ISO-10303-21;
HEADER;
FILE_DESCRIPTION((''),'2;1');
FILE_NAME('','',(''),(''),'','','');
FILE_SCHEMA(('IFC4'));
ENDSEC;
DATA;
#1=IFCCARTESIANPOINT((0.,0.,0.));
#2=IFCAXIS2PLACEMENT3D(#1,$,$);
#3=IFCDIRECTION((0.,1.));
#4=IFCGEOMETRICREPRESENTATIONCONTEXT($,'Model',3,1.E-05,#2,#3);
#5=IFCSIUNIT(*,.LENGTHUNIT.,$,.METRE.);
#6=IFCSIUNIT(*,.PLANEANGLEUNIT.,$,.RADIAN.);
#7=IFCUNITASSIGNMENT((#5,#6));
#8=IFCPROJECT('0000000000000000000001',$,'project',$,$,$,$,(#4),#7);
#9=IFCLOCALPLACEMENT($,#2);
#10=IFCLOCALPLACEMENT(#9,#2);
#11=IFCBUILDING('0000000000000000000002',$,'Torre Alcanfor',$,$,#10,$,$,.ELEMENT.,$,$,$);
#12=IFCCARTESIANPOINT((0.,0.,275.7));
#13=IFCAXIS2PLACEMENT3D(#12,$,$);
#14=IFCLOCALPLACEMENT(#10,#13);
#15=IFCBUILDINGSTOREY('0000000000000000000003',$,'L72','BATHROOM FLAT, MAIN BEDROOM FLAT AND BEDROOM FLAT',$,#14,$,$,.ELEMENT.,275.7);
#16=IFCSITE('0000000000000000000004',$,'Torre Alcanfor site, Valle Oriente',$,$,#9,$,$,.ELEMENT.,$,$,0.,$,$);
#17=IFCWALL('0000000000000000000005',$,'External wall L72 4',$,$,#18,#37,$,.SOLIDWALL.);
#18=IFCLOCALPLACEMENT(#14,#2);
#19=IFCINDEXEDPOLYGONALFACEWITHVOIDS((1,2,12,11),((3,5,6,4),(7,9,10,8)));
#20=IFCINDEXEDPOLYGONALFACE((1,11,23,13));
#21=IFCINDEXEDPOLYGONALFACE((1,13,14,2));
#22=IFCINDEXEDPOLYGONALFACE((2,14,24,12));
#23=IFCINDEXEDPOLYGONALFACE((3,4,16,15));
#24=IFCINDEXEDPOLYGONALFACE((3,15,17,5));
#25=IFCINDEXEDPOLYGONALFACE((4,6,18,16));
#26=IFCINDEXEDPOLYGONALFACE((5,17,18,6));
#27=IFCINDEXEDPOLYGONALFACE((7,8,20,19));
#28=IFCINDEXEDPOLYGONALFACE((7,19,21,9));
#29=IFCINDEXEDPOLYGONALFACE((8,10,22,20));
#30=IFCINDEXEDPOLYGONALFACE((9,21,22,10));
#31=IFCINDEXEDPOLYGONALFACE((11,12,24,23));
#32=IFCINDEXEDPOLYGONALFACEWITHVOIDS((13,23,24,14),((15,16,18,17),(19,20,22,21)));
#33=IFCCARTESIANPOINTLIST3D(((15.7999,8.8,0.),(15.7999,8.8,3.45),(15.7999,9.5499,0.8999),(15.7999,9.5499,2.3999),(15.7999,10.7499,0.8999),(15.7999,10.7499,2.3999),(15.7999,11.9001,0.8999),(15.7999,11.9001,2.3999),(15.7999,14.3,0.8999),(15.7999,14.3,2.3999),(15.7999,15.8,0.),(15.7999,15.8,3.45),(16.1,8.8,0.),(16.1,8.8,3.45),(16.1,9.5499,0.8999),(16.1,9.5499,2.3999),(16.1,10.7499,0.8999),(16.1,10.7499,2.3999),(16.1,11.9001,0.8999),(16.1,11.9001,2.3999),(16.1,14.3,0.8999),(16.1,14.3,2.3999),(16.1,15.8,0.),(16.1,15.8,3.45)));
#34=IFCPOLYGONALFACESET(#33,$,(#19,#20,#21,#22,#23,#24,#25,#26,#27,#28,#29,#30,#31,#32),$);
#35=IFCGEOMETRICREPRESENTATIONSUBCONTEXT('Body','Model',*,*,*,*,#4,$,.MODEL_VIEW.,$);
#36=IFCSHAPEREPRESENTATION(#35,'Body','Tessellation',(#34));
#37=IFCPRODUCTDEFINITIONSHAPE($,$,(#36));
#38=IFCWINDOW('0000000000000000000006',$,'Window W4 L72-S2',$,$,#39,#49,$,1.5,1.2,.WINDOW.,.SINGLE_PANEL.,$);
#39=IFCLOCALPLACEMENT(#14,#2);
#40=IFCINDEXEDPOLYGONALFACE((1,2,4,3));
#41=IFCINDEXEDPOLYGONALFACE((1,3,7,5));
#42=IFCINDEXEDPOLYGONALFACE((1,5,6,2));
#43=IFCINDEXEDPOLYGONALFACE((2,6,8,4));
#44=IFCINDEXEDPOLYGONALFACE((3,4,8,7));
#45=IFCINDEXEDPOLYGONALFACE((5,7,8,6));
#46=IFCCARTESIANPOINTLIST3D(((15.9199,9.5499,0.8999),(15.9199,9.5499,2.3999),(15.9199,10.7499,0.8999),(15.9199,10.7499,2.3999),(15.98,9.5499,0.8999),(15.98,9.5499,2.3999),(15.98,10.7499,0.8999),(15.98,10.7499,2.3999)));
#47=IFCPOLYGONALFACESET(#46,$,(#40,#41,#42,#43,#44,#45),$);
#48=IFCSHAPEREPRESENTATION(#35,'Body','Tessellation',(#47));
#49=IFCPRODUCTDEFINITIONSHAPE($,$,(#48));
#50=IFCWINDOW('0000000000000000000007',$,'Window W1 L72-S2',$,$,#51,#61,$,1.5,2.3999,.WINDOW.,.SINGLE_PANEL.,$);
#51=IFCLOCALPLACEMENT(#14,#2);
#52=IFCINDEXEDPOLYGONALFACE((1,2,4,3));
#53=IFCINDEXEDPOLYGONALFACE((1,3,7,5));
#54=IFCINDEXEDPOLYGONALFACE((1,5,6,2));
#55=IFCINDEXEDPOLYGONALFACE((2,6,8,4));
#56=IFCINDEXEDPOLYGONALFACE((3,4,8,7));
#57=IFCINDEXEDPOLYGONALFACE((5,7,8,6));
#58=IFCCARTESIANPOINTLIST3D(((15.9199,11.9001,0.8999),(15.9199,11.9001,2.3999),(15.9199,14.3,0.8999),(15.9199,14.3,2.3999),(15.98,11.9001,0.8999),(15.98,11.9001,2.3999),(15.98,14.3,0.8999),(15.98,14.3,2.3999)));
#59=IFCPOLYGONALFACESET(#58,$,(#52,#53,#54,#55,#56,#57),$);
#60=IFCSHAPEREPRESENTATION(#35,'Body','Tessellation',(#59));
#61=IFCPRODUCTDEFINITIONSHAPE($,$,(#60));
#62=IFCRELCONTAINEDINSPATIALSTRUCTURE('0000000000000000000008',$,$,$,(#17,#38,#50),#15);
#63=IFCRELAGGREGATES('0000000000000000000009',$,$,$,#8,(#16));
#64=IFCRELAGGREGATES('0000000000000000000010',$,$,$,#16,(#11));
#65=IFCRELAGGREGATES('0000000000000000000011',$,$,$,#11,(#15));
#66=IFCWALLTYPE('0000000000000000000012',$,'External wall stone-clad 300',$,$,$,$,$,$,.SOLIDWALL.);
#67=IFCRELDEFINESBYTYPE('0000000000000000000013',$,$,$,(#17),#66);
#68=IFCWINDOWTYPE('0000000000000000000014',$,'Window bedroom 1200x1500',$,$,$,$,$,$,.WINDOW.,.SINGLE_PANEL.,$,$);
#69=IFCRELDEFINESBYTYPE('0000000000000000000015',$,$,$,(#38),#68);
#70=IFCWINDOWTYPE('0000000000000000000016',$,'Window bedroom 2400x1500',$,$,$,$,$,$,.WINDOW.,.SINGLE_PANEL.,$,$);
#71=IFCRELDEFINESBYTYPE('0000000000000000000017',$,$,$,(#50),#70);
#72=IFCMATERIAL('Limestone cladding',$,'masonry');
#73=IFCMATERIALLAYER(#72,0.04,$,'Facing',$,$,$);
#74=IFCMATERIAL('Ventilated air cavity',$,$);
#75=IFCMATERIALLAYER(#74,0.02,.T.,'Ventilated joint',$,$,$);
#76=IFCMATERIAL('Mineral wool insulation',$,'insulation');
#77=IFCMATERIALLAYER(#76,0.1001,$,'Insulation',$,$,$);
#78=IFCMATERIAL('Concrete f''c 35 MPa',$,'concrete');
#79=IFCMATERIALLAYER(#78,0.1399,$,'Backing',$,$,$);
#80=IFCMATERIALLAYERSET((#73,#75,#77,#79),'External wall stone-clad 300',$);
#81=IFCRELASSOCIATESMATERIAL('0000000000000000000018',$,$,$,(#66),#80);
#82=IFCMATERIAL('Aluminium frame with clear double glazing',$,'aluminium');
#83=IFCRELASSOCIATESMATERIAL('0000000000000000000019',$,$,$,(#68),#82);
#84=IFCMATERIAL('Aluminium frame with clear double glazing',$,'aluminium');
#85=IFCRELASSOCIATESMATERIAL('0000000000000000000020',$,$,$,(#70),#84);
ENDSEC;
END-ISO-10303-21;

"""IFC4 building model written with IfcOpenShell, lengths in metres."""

from ifc_helpers import new_model, si_unit, direction, frame, frame_2d, origin, place, context, subcontext, project, spatial, rectangle, extrude, material, layer, layer_set, type_object, element, fill, save


model = new_model("IFC4")

# Units and contexts
model_context = context("Model", 3, precision=1e-05, world=origin(), true_north=direction((0.0, 1.0)))
body_context = subcontext(model_context, "Body", "Model", "MODEL_VIEW")
ifc_project = project(units=[si_unit("LENGTHUNIT", "METRE"), si_unit("PLANEANGLEUNIT", "RADIAN")], contexts=[model_context])

# Site, building, storey
site_placement = place(None, origin())
site = spatial("IfcSite", under=ifc_project, at=site_placement, Name="Torre Alcanfor site, Valle Oriente", CompositionType="ELEMENT", RefElevation=0.0)
building_placement = place(site_placement, origin())
building = spatial("IfcBuilding", under=site, at=building_placement, Name="Torre Alcanfor", CompositionType="ELEMENT")
storey_placement = place(building_placement, frame((0.0, 0.0, 275.7)))
storey = spatial("IfcBuildingStorey", under=building, at=storey_placement, Name="L72", Description="BATHROOM FLAT, MAIN BEDROOM FLAT AND BEDROOM FLAT", CompositionType="ELEMENT", Elevation=275.7)

# Wall, openings, windows
ifc_material_1 = material(Name="Limestone cladding", Category="masonry")
ifc_layer_1 = layer(ifc_material_1, 0.04, Name="Facing")
ifc_material_2 = material(Name="Ventilated air cavity")
ifc_layer_2 = layer(ifc_material_2, 0.02, ventilated=True, Name="Ventilated joint")
ifc_material_3 = material(Name="Mineral wool insulation", Category="insulation")
ifc_layer_3 = layer(ifc_material_3, 0.1001, Name="Insulation")
ifc_material_4 = material(Name="Concrete f'c 35 MPa", Category="concrete")
ifc_layer_4 = layer(ifc_material_4, 0.1399, Name="Backing")
ifc_layer_set_1 = layer_set([ifc_layer_1, ifc_layer_2, ifc_layer_3, ifc_layer_4], Name="External wall stone-clad 300")
wall_type_1 = type_object("IfcWallType", Name="External wall stone-clad 300", PredefinedType="SOLIDWALL", material=ifc_layer_set_1)
ifc_material_5 = material(Name="Aluminium frame with clear double glazing", Category="aluminium")
window_type_1 = type_object("IfcWindowType", Name="Window bedroom 1200x1500", PartitioningType="SINGLE_PANEL", PredefinedType="WINDOW", material=ifc_material_5)
ifc_material_6 = material(Name="Aluminium frame with clear double glazing", Category="aluminium")
window_type_2 = type_object("IfcWindowType", Name="Window bedroom 2400x1500", PartitioningType="SINGLE_PANEL", PredefinedType="WINDOW", material=ifc_material_6)
wall_1_placement = place(storey_placement, frame((15.95, 15.8, 0.0), z_axis=(0.0, 0.0, 1.0), x_axis=(0.0, -1.0, 0.0)))
wall_1 = element("IfcWall", 1, at=wall_1_placement, inside=storey, type_object=wall_type_1, Name="External wall L72 4", PredefinedType="SOLIDWALL", context=body_context, shape_type="SweptSolid", body=[
    extrude(rectangle(XDim=7.0, YDim=0.3, at=frame_2d((3.5, 0.0))), origin(), (0.0, 0.0, 1.0), 3.45),
])
opening_1_placement = place(wall_1_placement, frame((1.5, 0.0, 0.8999)))
opening_1 = element("IfcOpeningElement", 2, at=opening_1_placement, cuts=wall_1, PredefinedType="OPENING", context=body_context, shape_type="SweptSolid", body=[
    extrude(rectangle(XDim=2.3999, YDim=1.5, at=frame_2d((1.2, 0.75))), frame((0.0, 0.1599, 0.0), z_axis=(0.0, -1.0, 0.0), x_axis=(1.0, 0.0, 0.0)), (0.0, 0.0, 1.0), 0.3201),
])
opening_2_placement = place(wall_1_placement, frame((5.05, 0.0, 0.8999)))
opening_2 = element("IfcOpeningElement", 3, at=opening_2_placement, cuts=wall_1, PredefinedType="OPENING", context=body_context, shape_type="SweptSolid", body=[
    extrude(rectangle(XDim=1.2, YDim=1.5, at=frame_2d((0.6001, 0.75))), frame((0.0, 0.1599, 0.0), z_axis=(0.0, -1.0, 0.0), x_axis=(1.0, 0.0, 0.0)), (0.0, 0.0, 1.0), 0.3201),
])
window_1_placement = place(opening_2_placement, origin())
window_1 = element("IfcWindow", 4, at=window_1_placement, inside=storey, type_object=window_type_1, Name="Window W4 L72-S2", OverallHeight=1.5, OverallWidth=1.2, PartitioningType="SINGLE_PANEL", PredefinedType="WINDOW", context=body_context, shape_type="SweptSolid", body=[
    extrude(rectangle(XDim=1.2, YDim=1.5, at=frame_2d((0.6001, 0.75))), frame((0.0, 0.03, 0.0), z_axis=(0.0, -1.0, 0.0), x_axis=(1.0, 0.0, 0.0)), (0.0, 0.0, 1.0), 0.0601),
])
fill(opening_2, window_1)
window_2_placement = place(opening_1_placement, origin())
window_2 = element("IfcWindow", 5, at=window_2_placement, inside=storey, type_object=window_type_2, Name="Window W1 L72-S2", OverallHeight=1.5, OverallWidth=2.3999, PartitioningType="SINGLE_PANEL", PredefinedType="WINDOW", context=body_context, shape_type="SweptSolid", body=[
    extrude(rectangle(XDim=2.3999, YDim=1.5, at=frame_2d((1.2, 0.75))), frame((0.0, 0.03, 0.0), z_axis=(0.0, -1.0, 0.0), x_axis=(1.0, 0.0, 0.0)), (0.0, 0.0, 1.0), 0.0601),
])
fill(opening_1, window_2)

save(model, "model.ifc")
